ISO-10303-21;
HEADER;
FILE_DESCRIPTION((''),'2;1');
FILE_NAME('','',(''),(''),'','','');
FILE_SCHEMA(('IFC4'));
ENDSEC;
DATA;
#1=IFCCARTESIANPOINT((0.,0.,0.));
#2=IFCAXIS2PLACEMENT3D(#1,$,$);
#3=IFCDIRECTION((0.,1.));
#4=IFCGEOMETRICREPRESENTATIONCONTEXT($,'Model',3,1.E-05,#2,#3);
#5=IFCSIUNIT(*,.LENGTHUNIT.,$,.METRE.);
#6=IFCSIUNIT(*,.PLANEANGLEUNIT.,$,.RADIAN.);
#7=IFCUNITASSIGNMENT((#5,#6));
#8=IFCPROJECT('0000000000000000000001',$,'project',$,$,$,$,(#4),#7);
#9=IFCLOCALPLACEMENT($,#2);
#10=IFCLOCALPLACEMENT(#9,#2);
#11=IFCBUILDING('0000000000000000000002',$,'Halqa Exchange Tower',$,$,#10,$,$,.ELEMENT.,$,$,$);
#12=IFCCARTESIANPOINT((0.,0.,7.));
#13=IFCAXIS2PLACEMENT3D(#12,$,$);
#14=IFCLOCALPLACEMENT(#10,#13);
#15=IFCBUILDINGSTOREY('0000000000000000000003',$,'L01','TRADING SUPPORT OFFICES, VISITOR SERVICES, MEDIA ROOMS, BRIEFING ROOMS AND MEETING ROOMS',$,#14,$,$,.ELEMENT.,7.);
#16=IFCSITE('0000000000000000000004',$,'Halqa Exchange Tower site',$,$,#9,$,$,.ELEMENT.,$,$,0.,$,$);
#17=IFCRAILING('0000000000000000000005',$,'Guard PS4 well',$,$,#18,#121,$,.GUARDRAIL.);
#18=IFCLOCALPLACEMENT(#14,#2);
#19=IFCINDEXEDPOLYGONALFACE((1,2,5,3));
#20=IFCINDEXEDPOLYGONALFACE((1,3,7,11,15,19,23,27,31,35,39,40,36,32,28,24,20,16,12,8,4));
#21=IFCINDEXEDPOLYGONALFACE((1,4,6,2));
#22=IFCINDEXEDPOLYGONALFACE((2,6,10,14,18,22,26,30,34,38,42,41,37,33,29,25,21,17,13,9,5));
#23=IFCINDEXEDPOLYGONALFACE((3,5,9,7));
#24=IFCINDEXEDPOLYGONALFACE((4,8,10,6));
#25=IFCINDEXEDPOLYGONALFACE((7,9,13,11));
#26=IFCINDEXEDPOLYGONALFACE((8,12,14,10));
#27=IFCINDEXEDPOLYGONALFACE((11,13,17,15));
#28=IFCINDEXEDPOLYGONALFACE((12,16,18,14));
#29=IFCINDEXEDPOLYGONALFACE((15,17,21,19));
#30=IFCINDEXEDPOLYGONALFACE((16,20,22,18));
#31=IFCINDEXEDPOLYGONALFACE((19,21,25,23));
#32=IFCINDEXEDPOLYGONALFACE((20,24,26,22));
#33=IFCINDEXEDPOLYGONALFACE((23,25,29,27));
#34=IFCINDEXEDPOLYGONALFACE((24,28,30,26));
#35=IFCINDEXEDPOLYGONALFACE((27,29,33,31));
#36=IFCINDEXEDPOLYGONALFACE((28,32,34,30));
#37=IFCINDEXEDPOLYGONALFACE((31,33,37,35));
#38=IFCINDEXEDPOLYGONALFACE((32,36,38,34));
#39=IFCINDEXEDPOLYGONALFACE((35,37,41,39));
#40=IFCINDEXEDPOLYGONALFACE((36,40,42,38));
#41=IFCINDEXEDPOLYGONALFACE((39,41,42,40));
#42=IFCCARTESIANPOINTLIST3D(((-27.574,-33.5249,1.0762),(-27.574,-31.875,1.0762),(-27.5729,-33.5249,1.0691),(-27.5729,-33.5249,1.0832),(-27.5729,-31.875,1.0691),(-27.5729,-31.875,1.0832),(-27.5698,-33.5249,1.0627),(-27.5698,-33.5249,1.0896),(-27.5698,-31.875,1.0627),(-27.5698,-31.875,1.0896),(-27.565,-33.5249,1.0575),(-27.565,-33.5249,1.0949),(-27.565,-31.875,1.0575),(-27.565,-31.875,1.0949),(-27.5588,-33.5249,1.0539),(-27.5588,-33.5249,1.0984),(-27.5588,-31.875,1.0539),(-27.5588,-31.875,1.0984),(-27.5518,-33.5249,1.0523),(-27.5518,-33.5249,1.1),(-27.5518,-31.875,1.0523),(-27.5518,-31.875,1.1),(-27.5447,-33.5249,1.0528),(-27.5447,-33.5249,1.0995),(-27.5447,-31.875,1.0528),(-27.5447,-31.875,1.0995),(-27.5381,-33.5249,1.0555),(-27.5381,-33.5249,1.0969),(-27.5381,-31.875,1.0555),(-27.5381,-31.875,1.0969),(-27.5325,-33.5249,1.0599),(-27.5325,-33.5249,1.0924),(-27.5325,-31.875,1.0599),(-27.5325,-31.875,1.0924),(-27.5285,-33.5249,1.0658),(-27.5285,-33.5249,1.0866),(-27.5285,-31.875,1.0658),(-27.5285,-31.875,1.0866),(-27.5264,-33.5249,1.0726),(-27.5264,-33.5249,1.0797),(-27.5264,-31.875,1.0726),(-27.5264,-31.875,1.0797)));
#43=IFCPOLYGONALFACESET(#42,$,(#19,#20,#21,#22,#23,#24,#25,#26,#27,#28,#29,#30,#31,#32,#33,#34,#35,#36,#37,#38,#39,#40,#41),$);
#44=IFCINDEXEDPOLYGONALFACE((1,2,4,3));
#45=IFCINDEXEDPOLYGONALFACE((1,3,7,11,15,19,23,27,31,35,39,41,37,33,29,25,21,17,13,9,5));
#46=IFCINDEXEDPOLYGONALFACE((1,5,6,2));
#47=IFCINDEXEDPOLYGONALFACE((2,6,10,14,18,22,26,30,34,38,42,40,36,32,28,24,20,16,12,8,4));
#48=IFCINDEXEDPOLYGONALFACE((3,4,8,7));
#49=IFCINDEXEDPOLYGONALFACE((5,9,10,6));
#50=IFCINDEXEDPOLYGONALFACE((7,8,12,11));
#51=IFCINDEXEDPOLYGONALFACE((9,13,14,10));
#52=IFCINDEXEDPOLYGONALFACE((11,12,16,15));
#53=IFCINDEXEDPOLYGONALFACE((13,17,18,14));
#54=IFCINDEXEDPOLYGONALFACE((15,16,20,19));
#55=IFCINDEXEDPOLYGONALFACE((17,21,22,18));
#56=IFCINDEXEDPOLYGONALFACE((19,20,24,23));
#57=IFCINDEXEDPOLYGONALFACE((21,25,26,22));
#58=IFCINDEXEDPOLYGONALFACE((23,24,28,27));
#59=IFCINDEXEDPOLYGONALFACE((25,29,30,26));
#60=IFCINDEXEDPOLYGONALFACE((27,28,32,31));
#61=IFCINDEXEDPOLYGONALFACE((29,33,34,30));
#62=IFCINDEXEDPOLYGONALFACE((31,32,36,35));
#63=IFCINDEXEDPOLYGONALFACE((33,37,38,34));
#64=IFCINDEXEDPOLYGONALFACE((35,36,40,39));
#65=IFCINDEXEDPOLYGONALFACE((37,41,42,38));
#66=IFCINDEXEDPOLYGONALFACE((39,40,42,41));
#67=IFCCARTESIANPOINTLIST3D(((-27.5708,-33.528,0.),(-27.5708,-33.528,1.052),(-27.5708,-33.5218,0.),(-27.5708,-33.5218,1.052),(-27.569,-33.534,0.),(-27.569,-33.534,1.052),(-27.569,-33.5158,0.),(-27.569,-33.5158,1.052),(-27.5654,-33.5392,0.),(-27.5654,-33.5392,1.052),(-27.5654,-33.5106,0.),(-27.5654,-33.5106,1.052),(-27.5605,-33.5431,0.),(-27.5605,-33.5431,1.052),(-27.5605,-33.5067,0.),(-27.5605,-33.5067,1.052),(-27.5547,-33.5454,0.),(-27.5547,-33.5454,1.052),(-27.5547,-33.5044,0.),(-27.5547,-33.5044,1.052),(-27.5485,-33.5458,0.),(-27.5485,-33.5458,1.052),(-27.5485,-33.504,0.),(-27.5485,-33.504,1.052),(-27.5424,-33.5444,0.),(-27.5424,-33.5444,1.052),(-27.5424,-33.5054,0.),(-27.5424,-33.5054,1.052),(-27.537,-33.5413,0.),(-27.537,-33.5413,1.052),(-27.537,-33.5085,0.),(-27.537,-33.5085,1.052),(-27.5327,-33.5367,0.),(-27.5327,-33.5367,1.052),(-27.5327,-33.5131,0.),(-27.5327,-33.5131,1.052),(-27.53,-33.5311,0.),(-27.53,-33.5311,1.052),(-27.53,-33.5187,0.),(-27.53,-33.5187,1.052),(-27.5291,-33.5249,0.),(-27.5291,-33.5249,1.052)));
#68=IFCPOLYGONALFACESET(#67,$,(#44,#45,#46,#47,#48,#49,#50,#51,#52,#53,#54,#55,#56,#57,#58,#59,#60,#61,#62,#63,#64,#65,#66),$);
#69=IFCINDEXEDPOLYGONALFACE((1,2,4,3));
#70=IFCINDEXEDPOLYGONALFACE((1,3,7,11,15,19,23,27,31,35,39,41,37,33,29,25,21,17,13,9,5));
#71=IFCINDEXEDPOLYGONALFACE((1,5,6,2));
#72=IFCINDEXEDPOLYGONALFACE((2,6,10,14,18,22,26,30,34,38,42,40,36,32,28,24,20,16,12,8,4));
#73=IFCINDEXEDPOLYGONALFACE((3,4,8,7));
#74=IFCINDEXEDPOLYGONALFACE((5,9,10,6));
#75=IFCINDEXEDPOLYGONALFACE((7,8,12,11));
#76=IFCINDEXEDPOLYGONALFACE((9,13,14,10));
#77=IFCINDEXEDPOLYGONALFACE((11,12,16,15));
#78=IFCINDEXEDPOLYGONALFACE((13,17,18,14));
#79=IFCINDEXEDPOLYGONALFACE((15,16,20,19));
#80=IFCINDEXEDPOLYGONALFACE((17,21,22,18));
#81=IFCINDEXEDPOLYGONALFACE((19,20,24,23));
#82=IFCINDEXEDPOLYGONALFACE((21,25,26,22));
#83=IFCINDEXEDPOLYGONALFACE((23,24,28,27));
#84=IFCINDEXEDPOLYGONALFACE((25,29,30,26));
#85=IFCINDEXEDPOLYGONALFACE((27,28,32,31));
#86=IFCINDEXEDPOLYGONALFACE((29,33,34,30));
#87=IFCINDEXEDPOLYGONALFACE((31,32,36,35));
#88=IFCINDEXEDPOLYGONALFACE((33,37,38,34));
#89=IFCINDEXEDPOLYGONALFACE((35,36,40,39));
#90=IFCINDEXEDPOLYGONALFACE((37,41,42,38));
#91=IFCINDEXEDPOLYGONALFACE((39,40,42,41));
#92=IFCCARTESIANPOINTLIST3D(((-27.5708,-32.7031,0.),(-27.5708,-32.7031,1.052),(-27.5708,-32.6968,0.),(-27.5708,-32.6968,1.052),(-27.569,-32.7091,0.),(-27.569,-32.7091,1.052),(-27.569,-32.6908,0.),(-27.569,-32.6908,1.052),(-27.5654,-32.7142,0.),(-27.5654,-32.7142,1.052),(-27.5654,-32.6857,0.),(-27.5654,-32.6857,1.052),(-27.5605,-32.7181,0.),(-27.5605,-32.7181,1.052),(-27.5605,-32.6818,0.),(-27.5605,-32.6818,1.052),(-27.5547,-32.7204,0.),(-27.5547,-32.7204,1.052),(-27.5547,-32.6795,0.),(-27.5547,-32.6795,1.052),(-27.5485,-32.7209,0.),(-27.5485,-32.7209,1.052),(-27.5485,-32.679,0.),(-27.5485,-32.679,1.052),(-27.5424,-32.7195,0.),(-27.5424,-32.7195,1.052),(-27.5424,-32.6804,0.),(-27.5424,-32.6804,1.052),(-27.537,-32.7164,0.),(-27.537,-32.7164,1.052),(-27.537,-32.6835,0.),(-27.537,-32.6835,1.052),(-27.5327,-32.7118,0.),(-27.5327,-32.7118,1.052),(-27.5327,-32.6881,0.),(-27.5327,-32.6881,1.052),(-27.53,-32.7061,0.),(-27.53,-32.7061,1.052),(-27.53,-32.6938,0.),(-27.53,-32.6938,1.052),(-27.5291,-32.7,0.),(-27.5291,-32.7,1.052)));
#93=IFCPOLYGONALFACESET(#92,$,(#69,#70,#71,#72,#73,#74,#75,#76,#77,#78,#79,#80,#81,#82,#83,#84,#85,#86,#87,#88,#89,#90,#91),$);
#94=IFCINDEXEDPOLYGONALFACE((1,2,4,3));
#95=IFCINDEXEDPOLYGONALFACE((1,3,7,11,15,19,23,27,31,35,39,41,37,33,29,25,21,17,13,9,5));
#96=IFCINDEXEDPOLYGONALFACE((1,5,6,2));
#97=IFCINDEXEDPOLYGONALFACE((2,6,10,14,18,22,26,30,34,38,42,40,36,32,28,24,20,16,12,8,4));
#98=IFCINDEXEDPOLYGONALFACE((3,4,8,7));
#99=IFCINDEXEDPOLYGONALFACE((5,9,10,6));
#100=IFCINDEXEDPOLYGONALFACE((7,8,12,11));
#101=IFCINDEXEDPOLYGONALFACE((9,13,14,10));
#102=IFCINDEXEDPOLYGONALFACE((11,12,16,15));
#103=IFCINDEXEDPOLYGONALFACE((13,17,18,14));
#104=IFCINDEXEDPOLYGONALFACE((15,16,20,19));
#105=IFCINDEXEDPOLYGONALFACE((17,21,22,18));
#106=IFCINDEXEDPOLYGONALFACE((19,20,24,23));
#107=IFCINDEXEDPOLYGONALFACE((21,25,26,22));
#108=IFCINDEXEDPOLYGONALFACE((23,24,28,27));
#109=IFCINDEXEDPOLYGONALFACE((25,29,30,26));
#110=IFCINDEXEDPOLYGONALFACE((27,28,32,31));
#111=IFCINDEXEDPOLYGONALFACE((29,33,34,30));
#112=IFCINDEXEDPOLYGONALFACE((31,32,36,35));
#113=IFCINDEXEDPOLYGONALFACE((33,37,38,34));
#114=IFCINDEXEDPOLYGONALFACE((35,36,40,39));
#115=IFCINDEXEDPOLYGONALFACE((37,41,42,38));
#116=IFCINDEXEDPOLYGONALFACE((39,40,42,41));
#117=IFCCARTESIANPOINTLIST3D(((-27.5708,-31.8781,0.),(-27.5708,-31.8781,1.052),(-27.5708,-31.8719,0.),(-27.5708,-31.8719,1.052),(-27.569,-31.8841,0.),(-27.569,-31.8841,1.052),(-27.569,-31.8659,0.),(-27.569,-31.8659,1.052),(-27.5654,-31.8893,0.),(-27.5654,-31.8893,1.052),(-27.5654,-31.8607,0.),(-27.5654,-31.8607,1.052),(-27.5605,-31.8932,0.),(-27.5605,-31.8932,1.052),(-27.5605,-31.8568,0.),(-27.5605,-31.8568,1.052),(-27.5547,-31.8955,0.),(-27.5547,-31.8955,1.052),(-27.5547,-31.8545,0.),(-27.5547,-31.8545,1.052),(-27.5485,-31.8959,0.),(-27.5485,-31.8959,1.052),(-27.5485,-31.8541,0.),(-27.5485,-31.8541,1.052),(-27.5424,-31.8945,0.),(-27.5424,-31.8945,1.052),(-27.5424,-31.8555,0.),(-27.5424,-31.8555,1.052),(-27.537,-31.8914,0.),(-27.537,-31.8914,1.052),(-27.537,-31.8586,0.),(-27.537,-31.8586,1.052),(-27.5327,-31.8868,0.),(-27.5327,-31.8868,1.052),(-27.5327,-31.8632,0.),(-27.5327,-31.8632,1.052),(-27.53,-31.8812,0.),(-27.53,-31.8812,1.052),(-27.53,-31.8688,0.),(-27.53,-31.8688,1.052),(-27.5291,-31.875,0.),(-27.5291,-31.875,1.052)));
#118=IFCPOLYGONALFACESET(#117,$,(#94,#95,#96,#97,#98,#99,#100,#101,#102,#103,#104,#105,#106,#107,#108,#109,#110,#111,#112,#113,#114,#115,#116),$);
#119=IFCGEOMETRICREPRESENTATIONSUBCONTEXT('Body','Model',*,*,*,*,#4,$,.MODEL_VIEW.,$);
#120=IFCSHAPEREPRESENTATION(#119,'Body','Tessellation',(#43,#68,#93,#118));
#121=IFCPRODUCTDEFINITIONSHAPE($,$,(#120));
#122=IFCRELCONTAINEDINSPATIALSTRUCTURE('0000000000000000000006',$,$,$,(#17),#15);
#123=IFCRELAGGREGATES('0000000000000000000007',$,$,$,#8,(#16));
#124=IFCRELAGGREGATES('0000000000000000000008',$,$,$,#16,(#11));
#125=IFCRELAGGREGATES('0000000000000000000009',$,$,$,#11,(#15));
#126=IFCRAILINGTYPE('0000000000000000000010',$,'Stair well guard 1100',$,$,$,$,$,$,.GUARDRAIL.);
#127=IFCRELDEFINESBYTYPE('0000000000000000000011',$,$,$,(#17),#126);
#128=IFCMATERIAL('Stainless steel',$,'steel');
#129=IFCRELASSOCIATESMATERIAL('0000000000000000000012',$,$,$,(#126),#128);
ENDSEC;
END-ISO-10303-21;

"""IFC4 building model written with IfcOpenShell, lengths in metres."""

from ifc_helpers import new_model, si_unit, direction, frame, origin, origin_2d, place, context, subcontext, project, spatial, circle, extrude, material, type_object, element, save


model = new_model("IFC4")

# Units and contexts
model_context = context("Model", 3, precision=1e-05, world=origin(), true_north=direction((0.0, 1.0)))
body_context = subcontext(model_context, "Body", "Model", "MODEL_VIEW")
ifc_project = project(units=[si_unit("LENGTHUNIT", "METRE"), si_unit("PLANEANGLEUNIT", "RADIAN")], contexts=[model_context])

# Site, building, storey
site_placement = place(None, origin())
site = spatial("IfcSite", under=ifc_project, at=site_placement, Name="Halqa Exchange Tower site", CompositionType="ELEMENT", RefElevation=0.0)
building_placement = place(site_placement, origin())
building = spatial("IfcBuilding", under=site, at=building_placement, Name="Halqa Exchange Tower", CompositionType="ELEMENT")
storey_placement = place(building_placement, frame((0.0, 0.0, 7.0)))
storey = spatial("IfcBuildingStorey", under=building, at=storey_placement, Name="L01", Description="TRADING SUPPORT OFFICES, VISITOR SERVICES, MEDIA ROOMS, BRIEFING ROOMS AND MEETING ROOMS", CompositionType="ELEMENT", Elevation=7.0)

# Railing
ifc_material_1 = material(Name="Stainless steel", Category="steel")
railing_type_1 = type_object("IfcRailingType", Name="Stair well guard 1100", PredefinedType="GUARDRAIL", material=ifc_material_1)
railing_1_placement = place(storey_placement, frame((-27.55, -33.5249, 0.0)))
element("IfcRailing", 1, at=railing_1_placement, inside=storey, type_object=railing_type_1, Name="Guard PS4 well", PredefinedType="GUARDRAIL", context=body_context, shape_type="SweptSolid", body=[
    extrude(circle(Radius=0.0239, at=origin_2d()), frame((0.0, 0.0, 1.0762), z_axis=(0.0, 1.0, 0.0), x_axis=(-1.0, 0.0, 0.0)), (0.0, 0.0, 1.0), 1.6499),
    extrude(circle(Radius=0.021, at=origin_2d()), origin(), (0.0, 0.0, 1.0), 1.052),
    extrude(circle(Radius=0.021, at=origin_2d()), frame((0.0, 0.825, 0.0)), (0.0, 0.0, 1.0), 1.052),
    extrude(circle(Radius=0.021, at=origin_2d()), frame((0.0, 1.6499, 0.0)), (0.0, 0.0, 1.0), 1.052),
])

save(model, "model.ifc")
